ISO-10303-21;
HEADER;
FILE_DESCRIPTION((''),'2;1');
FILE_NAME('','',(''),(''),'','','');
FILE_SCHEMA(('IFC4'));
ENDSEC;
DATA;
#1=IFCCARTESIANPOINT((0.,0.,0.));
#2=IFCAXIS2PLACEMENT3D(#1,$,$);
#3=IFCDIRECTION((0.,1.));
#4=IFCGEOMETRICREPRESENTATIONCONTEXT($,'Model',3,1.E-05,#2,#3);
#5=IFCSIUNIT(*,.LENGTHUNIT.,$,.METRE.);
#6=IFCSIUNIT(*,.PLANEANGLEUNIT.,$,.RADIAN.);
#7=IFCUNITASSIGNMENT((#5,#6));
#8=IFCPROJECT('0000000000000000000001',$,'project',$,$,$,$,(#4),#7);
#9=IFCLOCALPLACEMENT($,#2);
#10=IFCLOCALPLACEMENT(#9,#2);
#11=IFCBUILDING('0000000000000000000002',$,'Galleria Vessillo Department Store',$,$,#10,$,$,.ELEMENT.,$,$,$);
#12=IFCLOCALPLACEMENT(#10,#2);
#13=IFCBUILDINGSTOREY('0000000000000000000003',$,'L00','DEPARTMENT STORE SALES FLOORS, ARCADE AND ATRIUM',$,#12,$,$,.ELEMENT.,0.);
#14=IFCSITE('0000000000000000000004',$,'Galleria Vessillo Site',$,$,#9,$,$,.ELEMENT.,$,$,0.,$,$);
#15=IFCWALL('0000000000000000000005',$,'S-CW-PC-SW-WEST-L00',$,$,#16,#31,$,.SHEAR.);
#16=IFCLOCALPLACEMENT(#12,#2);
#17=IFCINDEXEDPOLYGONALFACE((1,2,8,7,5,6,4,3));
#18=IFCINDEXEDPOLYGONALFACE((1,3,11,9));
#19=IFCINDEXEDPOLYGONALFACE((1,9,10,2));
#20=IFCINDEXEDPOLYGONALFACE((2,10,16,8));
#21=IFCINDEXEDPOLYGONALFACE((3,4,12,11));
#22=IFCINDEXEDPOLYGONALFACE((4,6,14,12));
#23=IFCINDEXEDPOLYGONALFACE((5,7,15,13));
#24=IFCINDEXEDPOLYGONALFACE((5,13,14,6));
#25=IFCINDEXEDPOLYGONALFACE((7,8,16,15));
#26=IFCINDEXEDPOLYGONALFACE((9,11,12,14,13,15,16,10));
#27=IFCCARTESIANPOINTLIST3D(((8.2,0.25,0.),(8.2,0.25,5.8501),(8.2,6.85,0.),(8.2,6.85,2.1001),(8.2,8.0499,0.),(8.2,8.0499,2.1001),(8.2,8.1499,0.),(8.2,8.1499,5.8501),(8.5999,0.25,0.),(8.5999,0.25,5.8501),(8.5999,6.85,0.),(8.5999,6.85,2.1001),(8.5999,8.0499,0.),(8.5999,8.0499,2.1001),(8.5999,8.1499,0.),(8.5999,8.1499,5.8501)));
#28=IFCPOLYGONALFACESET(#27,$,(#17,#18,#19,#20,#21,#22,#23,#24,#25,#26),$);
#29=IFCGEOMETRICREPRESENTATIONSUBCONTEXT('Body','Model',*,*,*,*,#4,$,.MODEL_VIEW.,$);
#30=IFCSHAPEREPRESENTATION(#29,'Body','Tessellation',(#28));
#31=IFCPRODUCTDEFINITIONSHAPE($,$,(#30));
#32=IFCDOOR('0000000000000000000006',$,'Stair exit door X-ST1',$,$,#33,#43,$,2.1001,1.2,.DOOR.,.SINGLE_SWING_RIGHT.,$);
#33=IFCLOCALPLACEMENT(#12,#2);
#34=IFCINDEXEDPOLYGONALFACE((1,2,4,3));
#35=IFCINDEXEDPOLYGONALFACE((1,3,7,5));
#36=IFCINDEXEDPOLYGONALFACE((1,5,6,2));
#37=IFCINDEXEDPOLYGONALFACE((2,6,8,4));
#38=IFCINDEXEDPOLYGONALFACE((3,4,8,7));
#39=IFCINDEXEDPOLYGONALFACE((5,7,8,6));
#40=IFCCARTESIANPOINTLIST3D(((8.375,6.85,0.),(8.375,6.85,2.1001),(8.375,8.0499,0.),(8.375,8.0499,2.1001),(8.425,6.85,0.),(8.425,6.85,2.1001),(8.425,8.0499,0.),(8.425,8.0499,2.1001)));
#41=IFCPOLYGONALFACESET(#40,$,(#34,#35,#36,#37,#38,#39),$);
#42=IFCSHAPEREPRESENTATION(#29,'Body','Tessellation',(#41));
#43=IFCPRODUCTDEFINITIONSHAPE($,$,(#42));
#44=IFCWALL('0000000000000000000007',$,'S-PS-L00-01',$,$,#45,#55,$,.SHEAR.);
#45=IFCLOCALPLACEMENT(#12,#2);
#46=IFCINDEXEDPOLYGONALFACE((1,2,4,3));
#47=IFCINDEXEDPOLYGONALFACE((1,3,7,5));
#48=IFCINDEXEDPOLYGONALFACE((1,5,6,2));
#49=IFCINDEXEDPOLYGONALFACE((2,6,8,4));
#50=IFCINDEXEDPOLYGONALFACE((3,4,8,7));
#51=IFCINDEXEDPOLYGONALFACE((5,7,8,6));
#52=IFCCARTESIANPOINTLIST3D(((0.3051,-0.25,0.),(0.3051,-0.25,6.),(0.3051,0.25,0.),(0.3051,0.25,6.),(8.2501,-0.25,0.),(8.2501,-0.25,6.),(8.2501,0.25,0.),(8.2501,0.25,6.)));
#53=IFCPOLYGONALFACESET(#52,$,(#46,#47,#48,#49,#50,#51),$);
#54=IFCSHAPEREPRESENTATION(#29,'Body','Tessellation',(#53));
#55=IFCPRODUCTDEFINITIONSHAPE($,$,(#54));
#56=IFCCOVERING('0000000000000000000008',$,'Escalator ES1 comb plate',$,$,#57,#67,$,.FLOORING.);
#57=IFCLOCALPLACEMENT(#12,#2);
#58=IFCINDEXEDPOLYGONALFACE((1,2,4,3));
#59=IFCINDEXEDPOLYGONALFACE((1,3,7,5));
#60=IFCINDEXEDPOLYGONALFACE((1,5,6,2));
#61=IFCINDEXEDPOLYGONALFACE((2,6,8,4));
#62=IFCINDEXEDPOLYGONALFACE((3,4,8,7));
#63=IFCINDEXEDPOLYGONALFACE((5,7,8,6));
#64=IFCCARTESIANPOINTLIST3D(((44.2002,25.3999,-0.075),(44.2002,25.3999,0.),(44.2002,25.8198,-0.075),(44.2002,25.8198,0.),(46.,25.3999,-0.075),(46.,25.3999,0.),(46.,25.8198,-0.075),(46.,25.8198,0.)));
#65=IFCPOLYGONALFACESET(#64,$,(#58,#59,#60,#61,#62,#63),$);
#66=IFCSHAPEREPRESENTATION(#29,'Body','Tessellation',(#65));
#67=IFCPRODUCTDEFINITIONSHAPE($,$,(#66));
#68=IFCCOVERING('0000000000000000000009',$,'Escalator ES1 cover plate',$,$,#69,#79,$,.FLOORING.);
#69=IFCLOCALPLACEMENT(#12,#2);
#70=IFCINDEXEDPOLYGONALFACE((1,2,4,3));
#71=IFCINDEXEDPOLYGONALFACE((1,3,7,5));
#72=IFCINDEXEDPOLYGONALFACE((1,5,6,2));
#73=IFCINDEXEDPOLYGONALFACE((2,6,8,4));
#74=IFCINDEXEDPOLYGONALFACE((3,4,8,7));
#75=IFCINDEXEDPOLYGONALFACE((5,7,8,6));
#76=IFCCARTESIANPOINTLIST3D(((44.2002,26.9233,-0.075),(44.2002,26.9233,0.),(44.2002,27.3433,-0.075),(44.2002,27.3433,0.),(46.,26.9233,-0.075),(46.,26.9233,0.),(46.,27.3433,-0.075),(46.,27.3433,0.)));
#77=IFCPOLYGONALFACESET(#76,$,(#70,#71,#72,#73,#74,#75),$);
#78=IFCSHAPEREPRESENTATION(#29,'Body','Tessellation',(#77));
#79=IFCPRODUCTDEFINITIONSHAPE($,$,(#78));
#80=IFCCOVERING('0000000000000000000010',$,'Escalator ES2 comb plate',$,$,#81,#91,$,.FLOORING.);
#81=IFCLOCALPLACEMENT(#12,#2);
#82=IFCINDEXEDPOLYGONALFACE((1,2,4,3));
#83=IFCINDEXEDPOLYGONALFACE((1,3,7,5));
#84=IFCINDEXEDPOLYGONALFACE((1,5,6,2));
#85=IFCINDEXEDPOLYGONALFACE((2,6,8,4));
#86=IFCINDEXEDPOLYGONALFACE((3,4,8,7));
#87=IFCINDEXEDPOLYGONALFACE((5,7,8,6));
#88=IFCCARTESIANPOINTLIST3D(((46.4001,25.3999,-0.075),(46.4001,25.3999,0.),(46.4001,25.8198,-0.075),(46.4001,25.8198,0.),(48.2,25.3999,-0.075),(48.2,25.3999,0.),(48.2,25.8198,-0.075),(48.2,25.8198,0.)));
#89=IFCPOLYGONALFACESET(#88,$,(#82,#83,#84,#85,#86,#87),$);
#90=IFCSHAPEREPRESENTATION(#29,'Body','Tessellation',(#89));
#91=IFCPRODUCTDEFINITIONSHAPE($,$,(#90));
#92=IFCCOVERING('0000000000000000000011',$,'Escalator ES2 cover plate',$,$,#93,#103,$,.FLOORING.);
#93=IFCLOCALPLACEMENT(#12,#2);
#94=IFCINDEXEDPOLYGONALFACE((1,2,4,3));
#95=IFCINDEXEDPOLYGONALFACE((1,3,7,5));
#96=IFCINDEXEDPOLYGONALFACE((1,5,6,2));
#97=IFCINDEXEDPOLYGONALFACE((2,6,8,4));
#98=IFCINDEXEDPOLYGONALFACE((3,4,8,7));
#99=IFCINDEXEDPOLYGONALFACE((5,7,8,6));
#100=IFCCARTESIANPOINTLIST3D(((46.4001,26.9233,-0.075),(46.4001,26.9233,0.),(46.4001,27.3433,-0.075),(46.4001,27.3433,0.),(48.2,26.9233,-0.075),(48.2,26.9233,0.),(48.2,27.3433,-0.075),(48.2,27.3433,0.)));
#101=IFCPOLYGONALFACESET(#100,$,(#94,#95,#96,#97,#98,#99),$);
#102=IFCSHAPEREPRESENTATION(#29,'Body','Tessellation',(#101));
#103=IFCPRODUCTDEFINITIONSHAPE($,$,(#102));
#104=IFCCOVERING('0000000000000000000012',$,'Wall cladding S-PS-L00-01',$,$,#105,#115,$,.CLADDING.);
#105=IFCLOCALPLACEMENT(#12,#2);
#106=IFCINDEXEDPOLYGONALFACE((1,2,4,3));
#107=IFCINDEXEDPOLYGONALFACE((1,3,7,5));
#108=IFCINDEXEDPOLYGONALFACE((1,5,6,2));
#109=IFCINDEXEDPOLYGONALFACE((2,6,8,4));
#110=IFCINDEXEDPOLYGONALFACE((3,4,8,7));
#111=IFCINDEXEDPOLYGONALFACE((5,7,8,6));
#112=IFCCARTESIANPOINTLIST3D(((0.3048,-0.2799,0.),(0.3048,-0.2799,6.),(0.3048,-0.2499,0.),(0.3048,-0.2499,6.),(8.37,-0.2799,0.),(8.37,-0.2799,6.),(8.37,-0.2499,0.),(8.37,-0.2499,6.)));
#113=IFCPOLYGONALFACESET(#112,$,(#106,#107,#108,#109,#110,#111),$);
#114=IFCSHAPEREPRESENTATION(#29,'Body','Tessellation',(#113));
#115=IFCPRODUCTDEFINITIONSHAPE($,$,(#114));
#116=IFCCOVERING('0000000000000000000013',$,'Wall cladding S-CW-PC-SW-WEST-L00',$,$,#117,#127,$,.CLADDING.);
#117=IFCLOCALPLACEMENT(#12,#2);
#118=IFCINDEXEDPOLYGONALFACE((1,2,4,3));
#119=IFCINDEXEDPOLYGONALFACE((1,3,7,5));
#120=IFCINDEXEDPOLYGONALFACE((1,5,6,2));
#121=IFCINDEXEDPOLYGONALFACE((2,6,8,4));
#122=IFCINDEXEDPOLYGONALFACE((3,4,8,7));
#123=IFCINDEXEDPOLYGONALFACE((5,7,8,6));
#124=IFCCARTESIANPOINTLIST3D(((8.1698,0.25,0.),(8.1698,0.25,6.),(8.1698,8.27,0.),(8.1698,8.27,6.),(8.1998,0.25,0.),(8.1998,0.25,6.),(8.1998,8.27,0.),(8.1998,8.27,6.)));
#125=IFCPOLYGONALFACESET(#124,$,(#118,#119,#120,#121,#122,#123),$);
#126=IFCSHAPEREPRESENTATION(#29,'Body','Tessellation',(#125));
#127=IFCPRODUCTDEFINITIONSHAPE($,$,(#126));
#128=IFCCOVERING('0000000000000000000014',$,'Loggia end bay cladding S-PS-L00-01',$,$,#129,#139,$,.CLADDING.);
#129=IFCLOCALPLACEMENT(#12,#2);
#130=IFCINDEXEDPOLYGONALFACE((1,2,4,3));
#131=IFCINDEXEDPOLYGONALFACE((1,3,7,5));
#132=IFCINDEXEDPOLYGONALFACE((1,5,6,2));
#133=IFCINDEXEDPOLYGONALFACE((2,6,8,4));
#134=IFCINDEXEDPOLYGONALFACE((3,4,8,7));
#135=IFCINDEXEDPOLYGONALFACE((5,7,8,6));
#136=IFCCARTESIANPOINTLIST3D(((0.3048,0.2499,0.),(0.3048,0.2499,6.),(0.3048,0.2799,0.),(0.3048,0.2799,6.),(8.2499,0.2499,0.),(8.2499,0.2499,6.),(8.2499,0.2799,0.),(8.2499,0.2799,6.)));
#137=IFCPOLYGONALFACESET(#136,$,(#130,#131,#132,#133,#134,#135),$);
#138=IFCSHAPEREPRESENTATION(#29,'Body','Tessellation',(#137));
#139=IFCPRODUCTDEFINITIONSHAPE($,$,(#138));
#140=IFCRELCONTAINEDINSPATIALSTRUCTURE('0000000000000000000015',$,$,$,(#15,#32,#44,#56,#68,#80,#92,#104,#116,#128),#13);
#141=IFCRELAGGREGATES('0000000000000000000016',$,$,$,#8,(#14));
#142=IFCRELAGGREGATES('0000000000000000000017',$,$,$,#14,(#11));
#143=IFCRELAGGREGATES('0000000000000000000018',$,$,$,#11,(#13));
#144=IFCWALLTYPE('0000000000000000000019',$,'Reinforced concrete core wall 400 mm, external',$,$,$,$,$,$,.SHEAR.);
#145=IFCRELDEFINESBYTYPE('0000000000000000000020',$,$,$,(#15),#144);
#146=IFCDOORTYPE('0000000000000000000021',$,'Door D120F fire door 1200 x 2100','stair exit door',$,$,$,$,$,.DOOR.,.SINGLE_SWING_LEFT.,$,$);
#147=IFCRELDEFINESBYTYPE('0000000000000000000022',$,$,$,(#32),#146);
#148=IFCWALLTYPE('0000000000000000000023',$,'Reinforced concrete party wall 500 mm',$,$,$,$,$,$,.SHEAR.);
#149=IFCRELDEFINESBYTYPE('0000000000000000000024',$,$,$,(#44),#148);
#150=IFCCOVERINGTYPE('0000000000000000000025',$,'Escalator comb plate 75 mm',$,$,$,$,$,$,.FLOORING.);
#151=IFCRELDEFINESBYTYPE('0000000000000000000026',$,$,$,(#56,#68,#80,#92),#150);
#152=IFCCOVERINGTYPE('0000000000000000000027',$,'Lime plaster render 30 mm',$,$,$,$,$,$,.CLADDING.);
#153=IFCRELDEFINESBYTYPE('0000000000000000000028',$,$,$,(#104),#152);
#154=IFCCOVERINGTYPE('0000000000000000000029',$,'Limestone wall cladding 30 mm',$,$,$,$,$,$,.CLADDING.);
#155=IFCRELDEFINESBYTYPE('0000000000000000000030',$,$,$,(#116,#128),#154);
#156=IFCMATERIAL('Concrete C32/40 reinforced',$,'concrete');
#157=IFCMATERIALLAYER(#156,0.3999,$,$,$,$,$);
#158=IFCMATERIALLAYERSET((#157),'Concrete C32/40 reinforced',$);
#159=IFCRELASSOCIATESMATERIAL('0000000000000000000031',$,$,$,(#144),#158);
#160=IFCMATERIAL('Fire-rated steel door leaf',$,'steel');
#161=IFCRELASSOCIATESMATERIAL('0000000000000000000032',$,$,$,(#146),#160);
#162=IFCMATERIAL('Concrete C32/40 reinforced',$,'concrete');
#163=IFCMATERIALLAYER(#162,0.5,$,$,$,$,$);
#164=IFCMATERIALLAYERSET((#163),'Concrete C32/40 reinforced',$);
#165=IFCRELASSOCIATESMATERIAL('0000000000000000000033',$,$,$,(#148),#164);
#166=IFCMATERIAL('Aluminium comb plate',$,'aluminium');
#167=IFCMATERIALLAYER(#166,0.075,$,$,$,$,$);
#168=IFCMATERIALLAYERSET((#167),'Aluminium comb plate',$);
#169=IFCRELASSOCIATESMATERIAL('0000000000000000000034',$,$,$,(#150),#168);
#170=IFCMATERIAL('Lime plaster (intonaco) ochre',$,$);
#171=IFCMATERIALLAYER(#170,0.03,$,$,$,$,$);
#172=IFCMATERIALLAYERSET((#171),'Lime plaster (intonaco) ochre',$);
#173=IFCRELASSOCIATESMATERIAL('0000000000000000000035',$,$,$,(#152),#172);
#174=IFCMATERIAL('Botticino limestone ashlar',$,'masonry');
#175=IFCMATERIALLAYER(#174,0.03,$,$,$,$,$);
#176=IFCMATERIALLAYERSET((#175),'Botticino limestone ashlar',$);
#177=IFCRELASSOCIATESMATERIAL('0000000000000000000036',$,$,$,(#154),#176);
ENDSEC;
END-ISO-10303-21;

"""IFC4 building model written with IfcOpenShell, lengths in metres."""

from ifc_helpers import new_model, si_unit, direction, frame, frame_2d, origin, origin_2d, place, context, subcontext, project, spatial, polyline, rectangle, outline, extrude, material, layer, layer_set, type_object, element, fill, save


model = new_model("IFC4")

# Units and contexts
model_context = context("Model", 3, precision=1e-05, world=origin(), true_north=direction((0.0, 1.0)))
body_context = subcontext(model_context, "Body", "Model", "MODEL_VIEW")
ifc_project = project(units=[si_unit("LENGTHUNIT", "METRE"), si_unit("PLANEANGLEUNIT", "RADIAN")], contexts=[model_context])

# Site, building, storey
site_placement = place(None, origin())
site = spatial("IfcSite", under=ifc_project, at=site_placement, Name="Galleria Vessillo Site", CompositionType="ELEMENT", RefElevation=0.0)
building_placement = place(site_placement, origin())
building = spatial("IfcBuilding", under=site, at=building_placement, Name="Galleria Vessillo Department Store", CompositionType="ELEMENT")
storey_placement = place(building_placement, origin())
storey = spatial("IfcBuildingStorey", under=building, at=storey_placement, Name="L00", Description="DEPARTMENT STORE SALES FLOORS, ARCADE AND ATRIUM", CompositionType="ELEMENT", Elevation=0.0)

# Wall, opening, door
ifc_material_1 = material(Name="Concrete C32/40 reinforced", Category="concrete")
ifc_layer_1 = layer(ifc_material_1, 0.3999)
ifc_layer_set_1 = layer_set([ifc_layer_1], Name="Concrete C32/40 reinforced")
wall_type_1 = type_object("IfcWallType", Name="Reinforced concrete core wall 400 mm, external", PredefinedType="SHEAR", material=ifc_layer_set_1)
wall_1_placement = place(storey_placement, frame((8.3999, 0.25, 0.0), z_axis=(0.0, 0.0, 1.0), x_axis=(0.0, 1.0, 0.0)))
wall_1 = element("IfcWall", 1, at=wall_1_placement, inside=storey, type_object=wall_type_1, Name="S-CW-PC-SW-WEST-L00", PredefinedType="SHEAR", context=body_context, shape_type="SweptSolid", body=[
    extrude(rectangle(XDim=7.8999, YDim=0.3999, at=frame_2d((3.95, 0.0))), origin(), (0.0, 0.0, 1.0), 5.8501),
])
opening_placement = place(wall_1_placement, frame((6.5999, 0.0, 0.0)))
opening = element("IfcOpeningElement", 2, at=opening_placement, cuts=wall_1, PredefinedType="OPENING", context=body_context, shape_type="SweptSolid", body=[
    extrude(rectangle(XDim=1.2, YDim=2.1001, at=frame_2d((0.6001, 1.05))), frame((0.0, 0.21, 0.0), z_axis=(0.0, -1.0, 0.0), x_axis=(1.0, 0.0, 0.0)), (0.0, 0.0, 1.0), 0.4199),
])
ifc_material_2 = material(Name="Fire-rated steel door leaf", Category="steel")
door_type = type_object("IfcDoorType", Name="Door D120F fire door 1200 x 2100", Description="stair exit door", OperationType="SINGLE_SWING_LEFT", PredefinedType="DOOR", material=ifc_material_2)
door_placement = place(opening_placement, origin())
door = element("IfcDoor", 3, at=door_placement, inside=storey, type_object=door_type, Name="Stair exit door X-ST1", OperationType="SINGLE_SWING_RIGHT", OverallHeight=2.1001, OverallWidth=1.2, PredefinedType="DOOR", context=body_context, shape_type="SweptSolid", body=[
    extrude(rectangle(XDim=1.2, YDim=2.1001, at=frame_2d((0.6001, 1.05))), frame((0.0, 0.0249, 0.0), z_axis=(0.0, -1.0, 0.0), x_axis=(1.0, 0.0, 0.0)), (0.0, 0.0, 1.0), 0.05),
])
fill(opening, door)

# Wall
ifc_material_3 = material(Name="Concrete C32/40 reinforced", Category="concrete")
ifc_layer_2 = layer(ifc_material_3, 0.5)
ifc_layer_set_2 = layer_set([ifc_layer_2], Name="Concrete C32/40 reinforced")
wall_type_2 = type_object("IfcWallType", Name="Reinforced concrete party wall 500 mm", PredefinedType="SHEAR", material=ifc_layer_set_2)
wall_2_placement = place(storey_placement, frame((0.3049, 0.0, 0.0), z_axis=(0.0, 0.0, 1.0), x_axis=(1.0, 0.0, 0.0)))
element("IfcWall", 4, at=wall_2_placement, inside=storey, type_object=wall_type_2, Name="S-PS-L00-01", PredefinedType="SHEAR", context=body_context, shape_type="SweptSolid", body=[
    extrude(rectangle(XDim=7.9451, YDim=0.5, at=frame_2d((3.9727, 0.0))), origin(), (0.0, 0.0, 1.0), 6.0),
])

# Coverings
ifc_material_4 = material(Name="Aluminium comb plate", Category="aluminium")
ifc_layer_3 = layer(ifc_material_4, 0.075)
ifc_layer_set_3 = layer_set([ifc_layer_3], Name="Aluminium comb plate")
covering_type_1 = type_object("IfcCoveringType", Name="Escalator comb plate 75 mm", PredefinedType="FLOORING", material=ifc_layer_set_3)
covering_1_placement = place(storey_placement, frame((0.0, 0.0, -0.075)))
element("IfcCovering", 5, at=covering_1_placement, inside=storey, type_object=covering_type_1, Name="Escalator ES1 comb plate", PredefinedType="FLOORING", context=body_context, shape_type="SweptSolid", body=[
    extrude(outline(polyline([(44.2002, 25.3999), (46.0, 25.3999), (46.0, 25.8198), (44.2002, 25.8198), (44.2002, 25.3999)])), origin(), (0.0, 0.0, 1.0), 0.075),
])
covering_2_placement = place(storey_placement, frame((0.0, 0.0, -0.075)))
element("IfcCovering", 6, at=covering_2_placement, inside=storey, type_object=covering_type_1, Name="Escalator ES1 cover plate", PredefinedType="FLOORING", context=body_context, shape_type="SweptSolid", body=[
    extrude(outline(polyline([(44.2002, 26.9233), (46.0, 26.9233), (46.0, 27.3433), (44.2002, 27.3433), (44.2002, 26.9233)])), origin(), (0.0, 0.0, 1.0), 0.075),
])
covering_3_placement = place(storey_placement, frame((0.0, 0.0, -0.075)))
element("IfcCovering", 7, at=covering_3_placement, inside=storey, type_object=covering_type_1, Name="Escalator ES2 comb plate", PredefinedType="FLOORING", context=body_context, shape_type="SweptSolid", body=[
    extrude(outline(polyline([(46.4001, 25.3999), (48.2, 25.3999), (48.2, 25.8198), (46.4001, 25.8198), (46.4001, 25.3999)])), origin(), (0.0, 0.0, 1.0), 0.075),
])
covering_4_placement = place(storey_placement, frame((0.0, 0.0, -0.075)))
element("IfcCovering", 8, at=covering_4_placement, inside=storey, type_object=covering_type_1, Name="Escalator ES2 cover plate", PredefinedType="FLOORING", context=body_context, shape_type="SweptSolid", body=[
    extrude(outline(polyline([(46.4001, 26.9233), (48.2, 26.9233), (48.2, 27.3433), (46.4001, 27.3433), (46.4001, 26.9233)])), origin(), (0.0, 0.0, 1.0), 0.075),
])
ifc_material_5 = material(Name="Lime plaster (intonaco) ochre")
ifc_layer_4 = layer(ifc_material_5, 0.03)
ifc_layer_set_4 = layer_set([ifc_layer_4], Name="Lime plaster (intonaco) ochre")
covering_type_2 = type_object("IfcCoveringType", Name="Lime plaster render 30 mm", PredefinedType="CLADDING", material=ifc_layer_set_4)
covering_5_placement = place(storey_placement, frame((4.3374, -0.2649, 0.0), z_axis=(0.0, 0.0, 1.0), x_axis=(1.0, 0.0, 0.0)))
element("IfcCovering", 9, at=covering_5_placement, inside=storey, type_object=covering_type_2, Name="Wall cladding S-PS-L00-01", PredefinedType="CLADDING", context=body_context, shape_type="SweptSolid", body=[
    extrude(rectangle(XDim=8.0652, YDim=0.03, at=origin_2d()), origin(), (0.0, 0.0, 1.0), 6.0),
])
ifc_material_6 = material(Name="Botticino limestone ashlar", Category="masonry")
ifc_layer_5 = layer(ifc_material_6, 0.03)
ifc_layer_set_5 = layer_set([ifc_layer_5], Name="Botticino limestone ashlar")
covering_type_3 = type_object("IfcCoveringType", Name="Limestone wall cladding 30 mm", PredefinedType="CLADDING", material=ifc_layer_set_5)
covering_6_placement = place(storey_placement, frame((8.1848, 4.26, 0.0), z_axis=(0.0, 0.0, 1.0), x_axis=(1.0, 0.0, 0.0)))
element("IfcCovering", 10, at=covering_6_placement, inside=storey, type_object=covering_type_3, Name="Wall cladding S-CW-PC-SW-WEST-L00", PredefinedType="CLADDING", context=body_context, shape_type="SweptSolid", body=[
    extrude(rectangle(XDim=0.03, YDim=8.02, at=origin_2d()), origin(), (0.0, 0.0, 1.0), 6.0),
])
covering_7_placement = place(storey_placement, frame((4.2773, 0.2649, 0.0), z_axis=(0.0, 0.0, 1.0), x_axis=(1.0, 0.0, 0.0)))
element("IfcCovering", 11, at=covering_7_placement, inside=storey, type_object=covering_type_3, Name="Loggia end bay cladding S-PS-L00-01", PredefinedType="CLADDING", context=body_context, shape_type="SweptSolid", body=[
    extrude(rectangle(XDim=7.9451, YDim=0.03, at=origin_2d()), origin(), (0.0, 0.0, 1.0), 6.0),
])

save(model, "model.ifc")
